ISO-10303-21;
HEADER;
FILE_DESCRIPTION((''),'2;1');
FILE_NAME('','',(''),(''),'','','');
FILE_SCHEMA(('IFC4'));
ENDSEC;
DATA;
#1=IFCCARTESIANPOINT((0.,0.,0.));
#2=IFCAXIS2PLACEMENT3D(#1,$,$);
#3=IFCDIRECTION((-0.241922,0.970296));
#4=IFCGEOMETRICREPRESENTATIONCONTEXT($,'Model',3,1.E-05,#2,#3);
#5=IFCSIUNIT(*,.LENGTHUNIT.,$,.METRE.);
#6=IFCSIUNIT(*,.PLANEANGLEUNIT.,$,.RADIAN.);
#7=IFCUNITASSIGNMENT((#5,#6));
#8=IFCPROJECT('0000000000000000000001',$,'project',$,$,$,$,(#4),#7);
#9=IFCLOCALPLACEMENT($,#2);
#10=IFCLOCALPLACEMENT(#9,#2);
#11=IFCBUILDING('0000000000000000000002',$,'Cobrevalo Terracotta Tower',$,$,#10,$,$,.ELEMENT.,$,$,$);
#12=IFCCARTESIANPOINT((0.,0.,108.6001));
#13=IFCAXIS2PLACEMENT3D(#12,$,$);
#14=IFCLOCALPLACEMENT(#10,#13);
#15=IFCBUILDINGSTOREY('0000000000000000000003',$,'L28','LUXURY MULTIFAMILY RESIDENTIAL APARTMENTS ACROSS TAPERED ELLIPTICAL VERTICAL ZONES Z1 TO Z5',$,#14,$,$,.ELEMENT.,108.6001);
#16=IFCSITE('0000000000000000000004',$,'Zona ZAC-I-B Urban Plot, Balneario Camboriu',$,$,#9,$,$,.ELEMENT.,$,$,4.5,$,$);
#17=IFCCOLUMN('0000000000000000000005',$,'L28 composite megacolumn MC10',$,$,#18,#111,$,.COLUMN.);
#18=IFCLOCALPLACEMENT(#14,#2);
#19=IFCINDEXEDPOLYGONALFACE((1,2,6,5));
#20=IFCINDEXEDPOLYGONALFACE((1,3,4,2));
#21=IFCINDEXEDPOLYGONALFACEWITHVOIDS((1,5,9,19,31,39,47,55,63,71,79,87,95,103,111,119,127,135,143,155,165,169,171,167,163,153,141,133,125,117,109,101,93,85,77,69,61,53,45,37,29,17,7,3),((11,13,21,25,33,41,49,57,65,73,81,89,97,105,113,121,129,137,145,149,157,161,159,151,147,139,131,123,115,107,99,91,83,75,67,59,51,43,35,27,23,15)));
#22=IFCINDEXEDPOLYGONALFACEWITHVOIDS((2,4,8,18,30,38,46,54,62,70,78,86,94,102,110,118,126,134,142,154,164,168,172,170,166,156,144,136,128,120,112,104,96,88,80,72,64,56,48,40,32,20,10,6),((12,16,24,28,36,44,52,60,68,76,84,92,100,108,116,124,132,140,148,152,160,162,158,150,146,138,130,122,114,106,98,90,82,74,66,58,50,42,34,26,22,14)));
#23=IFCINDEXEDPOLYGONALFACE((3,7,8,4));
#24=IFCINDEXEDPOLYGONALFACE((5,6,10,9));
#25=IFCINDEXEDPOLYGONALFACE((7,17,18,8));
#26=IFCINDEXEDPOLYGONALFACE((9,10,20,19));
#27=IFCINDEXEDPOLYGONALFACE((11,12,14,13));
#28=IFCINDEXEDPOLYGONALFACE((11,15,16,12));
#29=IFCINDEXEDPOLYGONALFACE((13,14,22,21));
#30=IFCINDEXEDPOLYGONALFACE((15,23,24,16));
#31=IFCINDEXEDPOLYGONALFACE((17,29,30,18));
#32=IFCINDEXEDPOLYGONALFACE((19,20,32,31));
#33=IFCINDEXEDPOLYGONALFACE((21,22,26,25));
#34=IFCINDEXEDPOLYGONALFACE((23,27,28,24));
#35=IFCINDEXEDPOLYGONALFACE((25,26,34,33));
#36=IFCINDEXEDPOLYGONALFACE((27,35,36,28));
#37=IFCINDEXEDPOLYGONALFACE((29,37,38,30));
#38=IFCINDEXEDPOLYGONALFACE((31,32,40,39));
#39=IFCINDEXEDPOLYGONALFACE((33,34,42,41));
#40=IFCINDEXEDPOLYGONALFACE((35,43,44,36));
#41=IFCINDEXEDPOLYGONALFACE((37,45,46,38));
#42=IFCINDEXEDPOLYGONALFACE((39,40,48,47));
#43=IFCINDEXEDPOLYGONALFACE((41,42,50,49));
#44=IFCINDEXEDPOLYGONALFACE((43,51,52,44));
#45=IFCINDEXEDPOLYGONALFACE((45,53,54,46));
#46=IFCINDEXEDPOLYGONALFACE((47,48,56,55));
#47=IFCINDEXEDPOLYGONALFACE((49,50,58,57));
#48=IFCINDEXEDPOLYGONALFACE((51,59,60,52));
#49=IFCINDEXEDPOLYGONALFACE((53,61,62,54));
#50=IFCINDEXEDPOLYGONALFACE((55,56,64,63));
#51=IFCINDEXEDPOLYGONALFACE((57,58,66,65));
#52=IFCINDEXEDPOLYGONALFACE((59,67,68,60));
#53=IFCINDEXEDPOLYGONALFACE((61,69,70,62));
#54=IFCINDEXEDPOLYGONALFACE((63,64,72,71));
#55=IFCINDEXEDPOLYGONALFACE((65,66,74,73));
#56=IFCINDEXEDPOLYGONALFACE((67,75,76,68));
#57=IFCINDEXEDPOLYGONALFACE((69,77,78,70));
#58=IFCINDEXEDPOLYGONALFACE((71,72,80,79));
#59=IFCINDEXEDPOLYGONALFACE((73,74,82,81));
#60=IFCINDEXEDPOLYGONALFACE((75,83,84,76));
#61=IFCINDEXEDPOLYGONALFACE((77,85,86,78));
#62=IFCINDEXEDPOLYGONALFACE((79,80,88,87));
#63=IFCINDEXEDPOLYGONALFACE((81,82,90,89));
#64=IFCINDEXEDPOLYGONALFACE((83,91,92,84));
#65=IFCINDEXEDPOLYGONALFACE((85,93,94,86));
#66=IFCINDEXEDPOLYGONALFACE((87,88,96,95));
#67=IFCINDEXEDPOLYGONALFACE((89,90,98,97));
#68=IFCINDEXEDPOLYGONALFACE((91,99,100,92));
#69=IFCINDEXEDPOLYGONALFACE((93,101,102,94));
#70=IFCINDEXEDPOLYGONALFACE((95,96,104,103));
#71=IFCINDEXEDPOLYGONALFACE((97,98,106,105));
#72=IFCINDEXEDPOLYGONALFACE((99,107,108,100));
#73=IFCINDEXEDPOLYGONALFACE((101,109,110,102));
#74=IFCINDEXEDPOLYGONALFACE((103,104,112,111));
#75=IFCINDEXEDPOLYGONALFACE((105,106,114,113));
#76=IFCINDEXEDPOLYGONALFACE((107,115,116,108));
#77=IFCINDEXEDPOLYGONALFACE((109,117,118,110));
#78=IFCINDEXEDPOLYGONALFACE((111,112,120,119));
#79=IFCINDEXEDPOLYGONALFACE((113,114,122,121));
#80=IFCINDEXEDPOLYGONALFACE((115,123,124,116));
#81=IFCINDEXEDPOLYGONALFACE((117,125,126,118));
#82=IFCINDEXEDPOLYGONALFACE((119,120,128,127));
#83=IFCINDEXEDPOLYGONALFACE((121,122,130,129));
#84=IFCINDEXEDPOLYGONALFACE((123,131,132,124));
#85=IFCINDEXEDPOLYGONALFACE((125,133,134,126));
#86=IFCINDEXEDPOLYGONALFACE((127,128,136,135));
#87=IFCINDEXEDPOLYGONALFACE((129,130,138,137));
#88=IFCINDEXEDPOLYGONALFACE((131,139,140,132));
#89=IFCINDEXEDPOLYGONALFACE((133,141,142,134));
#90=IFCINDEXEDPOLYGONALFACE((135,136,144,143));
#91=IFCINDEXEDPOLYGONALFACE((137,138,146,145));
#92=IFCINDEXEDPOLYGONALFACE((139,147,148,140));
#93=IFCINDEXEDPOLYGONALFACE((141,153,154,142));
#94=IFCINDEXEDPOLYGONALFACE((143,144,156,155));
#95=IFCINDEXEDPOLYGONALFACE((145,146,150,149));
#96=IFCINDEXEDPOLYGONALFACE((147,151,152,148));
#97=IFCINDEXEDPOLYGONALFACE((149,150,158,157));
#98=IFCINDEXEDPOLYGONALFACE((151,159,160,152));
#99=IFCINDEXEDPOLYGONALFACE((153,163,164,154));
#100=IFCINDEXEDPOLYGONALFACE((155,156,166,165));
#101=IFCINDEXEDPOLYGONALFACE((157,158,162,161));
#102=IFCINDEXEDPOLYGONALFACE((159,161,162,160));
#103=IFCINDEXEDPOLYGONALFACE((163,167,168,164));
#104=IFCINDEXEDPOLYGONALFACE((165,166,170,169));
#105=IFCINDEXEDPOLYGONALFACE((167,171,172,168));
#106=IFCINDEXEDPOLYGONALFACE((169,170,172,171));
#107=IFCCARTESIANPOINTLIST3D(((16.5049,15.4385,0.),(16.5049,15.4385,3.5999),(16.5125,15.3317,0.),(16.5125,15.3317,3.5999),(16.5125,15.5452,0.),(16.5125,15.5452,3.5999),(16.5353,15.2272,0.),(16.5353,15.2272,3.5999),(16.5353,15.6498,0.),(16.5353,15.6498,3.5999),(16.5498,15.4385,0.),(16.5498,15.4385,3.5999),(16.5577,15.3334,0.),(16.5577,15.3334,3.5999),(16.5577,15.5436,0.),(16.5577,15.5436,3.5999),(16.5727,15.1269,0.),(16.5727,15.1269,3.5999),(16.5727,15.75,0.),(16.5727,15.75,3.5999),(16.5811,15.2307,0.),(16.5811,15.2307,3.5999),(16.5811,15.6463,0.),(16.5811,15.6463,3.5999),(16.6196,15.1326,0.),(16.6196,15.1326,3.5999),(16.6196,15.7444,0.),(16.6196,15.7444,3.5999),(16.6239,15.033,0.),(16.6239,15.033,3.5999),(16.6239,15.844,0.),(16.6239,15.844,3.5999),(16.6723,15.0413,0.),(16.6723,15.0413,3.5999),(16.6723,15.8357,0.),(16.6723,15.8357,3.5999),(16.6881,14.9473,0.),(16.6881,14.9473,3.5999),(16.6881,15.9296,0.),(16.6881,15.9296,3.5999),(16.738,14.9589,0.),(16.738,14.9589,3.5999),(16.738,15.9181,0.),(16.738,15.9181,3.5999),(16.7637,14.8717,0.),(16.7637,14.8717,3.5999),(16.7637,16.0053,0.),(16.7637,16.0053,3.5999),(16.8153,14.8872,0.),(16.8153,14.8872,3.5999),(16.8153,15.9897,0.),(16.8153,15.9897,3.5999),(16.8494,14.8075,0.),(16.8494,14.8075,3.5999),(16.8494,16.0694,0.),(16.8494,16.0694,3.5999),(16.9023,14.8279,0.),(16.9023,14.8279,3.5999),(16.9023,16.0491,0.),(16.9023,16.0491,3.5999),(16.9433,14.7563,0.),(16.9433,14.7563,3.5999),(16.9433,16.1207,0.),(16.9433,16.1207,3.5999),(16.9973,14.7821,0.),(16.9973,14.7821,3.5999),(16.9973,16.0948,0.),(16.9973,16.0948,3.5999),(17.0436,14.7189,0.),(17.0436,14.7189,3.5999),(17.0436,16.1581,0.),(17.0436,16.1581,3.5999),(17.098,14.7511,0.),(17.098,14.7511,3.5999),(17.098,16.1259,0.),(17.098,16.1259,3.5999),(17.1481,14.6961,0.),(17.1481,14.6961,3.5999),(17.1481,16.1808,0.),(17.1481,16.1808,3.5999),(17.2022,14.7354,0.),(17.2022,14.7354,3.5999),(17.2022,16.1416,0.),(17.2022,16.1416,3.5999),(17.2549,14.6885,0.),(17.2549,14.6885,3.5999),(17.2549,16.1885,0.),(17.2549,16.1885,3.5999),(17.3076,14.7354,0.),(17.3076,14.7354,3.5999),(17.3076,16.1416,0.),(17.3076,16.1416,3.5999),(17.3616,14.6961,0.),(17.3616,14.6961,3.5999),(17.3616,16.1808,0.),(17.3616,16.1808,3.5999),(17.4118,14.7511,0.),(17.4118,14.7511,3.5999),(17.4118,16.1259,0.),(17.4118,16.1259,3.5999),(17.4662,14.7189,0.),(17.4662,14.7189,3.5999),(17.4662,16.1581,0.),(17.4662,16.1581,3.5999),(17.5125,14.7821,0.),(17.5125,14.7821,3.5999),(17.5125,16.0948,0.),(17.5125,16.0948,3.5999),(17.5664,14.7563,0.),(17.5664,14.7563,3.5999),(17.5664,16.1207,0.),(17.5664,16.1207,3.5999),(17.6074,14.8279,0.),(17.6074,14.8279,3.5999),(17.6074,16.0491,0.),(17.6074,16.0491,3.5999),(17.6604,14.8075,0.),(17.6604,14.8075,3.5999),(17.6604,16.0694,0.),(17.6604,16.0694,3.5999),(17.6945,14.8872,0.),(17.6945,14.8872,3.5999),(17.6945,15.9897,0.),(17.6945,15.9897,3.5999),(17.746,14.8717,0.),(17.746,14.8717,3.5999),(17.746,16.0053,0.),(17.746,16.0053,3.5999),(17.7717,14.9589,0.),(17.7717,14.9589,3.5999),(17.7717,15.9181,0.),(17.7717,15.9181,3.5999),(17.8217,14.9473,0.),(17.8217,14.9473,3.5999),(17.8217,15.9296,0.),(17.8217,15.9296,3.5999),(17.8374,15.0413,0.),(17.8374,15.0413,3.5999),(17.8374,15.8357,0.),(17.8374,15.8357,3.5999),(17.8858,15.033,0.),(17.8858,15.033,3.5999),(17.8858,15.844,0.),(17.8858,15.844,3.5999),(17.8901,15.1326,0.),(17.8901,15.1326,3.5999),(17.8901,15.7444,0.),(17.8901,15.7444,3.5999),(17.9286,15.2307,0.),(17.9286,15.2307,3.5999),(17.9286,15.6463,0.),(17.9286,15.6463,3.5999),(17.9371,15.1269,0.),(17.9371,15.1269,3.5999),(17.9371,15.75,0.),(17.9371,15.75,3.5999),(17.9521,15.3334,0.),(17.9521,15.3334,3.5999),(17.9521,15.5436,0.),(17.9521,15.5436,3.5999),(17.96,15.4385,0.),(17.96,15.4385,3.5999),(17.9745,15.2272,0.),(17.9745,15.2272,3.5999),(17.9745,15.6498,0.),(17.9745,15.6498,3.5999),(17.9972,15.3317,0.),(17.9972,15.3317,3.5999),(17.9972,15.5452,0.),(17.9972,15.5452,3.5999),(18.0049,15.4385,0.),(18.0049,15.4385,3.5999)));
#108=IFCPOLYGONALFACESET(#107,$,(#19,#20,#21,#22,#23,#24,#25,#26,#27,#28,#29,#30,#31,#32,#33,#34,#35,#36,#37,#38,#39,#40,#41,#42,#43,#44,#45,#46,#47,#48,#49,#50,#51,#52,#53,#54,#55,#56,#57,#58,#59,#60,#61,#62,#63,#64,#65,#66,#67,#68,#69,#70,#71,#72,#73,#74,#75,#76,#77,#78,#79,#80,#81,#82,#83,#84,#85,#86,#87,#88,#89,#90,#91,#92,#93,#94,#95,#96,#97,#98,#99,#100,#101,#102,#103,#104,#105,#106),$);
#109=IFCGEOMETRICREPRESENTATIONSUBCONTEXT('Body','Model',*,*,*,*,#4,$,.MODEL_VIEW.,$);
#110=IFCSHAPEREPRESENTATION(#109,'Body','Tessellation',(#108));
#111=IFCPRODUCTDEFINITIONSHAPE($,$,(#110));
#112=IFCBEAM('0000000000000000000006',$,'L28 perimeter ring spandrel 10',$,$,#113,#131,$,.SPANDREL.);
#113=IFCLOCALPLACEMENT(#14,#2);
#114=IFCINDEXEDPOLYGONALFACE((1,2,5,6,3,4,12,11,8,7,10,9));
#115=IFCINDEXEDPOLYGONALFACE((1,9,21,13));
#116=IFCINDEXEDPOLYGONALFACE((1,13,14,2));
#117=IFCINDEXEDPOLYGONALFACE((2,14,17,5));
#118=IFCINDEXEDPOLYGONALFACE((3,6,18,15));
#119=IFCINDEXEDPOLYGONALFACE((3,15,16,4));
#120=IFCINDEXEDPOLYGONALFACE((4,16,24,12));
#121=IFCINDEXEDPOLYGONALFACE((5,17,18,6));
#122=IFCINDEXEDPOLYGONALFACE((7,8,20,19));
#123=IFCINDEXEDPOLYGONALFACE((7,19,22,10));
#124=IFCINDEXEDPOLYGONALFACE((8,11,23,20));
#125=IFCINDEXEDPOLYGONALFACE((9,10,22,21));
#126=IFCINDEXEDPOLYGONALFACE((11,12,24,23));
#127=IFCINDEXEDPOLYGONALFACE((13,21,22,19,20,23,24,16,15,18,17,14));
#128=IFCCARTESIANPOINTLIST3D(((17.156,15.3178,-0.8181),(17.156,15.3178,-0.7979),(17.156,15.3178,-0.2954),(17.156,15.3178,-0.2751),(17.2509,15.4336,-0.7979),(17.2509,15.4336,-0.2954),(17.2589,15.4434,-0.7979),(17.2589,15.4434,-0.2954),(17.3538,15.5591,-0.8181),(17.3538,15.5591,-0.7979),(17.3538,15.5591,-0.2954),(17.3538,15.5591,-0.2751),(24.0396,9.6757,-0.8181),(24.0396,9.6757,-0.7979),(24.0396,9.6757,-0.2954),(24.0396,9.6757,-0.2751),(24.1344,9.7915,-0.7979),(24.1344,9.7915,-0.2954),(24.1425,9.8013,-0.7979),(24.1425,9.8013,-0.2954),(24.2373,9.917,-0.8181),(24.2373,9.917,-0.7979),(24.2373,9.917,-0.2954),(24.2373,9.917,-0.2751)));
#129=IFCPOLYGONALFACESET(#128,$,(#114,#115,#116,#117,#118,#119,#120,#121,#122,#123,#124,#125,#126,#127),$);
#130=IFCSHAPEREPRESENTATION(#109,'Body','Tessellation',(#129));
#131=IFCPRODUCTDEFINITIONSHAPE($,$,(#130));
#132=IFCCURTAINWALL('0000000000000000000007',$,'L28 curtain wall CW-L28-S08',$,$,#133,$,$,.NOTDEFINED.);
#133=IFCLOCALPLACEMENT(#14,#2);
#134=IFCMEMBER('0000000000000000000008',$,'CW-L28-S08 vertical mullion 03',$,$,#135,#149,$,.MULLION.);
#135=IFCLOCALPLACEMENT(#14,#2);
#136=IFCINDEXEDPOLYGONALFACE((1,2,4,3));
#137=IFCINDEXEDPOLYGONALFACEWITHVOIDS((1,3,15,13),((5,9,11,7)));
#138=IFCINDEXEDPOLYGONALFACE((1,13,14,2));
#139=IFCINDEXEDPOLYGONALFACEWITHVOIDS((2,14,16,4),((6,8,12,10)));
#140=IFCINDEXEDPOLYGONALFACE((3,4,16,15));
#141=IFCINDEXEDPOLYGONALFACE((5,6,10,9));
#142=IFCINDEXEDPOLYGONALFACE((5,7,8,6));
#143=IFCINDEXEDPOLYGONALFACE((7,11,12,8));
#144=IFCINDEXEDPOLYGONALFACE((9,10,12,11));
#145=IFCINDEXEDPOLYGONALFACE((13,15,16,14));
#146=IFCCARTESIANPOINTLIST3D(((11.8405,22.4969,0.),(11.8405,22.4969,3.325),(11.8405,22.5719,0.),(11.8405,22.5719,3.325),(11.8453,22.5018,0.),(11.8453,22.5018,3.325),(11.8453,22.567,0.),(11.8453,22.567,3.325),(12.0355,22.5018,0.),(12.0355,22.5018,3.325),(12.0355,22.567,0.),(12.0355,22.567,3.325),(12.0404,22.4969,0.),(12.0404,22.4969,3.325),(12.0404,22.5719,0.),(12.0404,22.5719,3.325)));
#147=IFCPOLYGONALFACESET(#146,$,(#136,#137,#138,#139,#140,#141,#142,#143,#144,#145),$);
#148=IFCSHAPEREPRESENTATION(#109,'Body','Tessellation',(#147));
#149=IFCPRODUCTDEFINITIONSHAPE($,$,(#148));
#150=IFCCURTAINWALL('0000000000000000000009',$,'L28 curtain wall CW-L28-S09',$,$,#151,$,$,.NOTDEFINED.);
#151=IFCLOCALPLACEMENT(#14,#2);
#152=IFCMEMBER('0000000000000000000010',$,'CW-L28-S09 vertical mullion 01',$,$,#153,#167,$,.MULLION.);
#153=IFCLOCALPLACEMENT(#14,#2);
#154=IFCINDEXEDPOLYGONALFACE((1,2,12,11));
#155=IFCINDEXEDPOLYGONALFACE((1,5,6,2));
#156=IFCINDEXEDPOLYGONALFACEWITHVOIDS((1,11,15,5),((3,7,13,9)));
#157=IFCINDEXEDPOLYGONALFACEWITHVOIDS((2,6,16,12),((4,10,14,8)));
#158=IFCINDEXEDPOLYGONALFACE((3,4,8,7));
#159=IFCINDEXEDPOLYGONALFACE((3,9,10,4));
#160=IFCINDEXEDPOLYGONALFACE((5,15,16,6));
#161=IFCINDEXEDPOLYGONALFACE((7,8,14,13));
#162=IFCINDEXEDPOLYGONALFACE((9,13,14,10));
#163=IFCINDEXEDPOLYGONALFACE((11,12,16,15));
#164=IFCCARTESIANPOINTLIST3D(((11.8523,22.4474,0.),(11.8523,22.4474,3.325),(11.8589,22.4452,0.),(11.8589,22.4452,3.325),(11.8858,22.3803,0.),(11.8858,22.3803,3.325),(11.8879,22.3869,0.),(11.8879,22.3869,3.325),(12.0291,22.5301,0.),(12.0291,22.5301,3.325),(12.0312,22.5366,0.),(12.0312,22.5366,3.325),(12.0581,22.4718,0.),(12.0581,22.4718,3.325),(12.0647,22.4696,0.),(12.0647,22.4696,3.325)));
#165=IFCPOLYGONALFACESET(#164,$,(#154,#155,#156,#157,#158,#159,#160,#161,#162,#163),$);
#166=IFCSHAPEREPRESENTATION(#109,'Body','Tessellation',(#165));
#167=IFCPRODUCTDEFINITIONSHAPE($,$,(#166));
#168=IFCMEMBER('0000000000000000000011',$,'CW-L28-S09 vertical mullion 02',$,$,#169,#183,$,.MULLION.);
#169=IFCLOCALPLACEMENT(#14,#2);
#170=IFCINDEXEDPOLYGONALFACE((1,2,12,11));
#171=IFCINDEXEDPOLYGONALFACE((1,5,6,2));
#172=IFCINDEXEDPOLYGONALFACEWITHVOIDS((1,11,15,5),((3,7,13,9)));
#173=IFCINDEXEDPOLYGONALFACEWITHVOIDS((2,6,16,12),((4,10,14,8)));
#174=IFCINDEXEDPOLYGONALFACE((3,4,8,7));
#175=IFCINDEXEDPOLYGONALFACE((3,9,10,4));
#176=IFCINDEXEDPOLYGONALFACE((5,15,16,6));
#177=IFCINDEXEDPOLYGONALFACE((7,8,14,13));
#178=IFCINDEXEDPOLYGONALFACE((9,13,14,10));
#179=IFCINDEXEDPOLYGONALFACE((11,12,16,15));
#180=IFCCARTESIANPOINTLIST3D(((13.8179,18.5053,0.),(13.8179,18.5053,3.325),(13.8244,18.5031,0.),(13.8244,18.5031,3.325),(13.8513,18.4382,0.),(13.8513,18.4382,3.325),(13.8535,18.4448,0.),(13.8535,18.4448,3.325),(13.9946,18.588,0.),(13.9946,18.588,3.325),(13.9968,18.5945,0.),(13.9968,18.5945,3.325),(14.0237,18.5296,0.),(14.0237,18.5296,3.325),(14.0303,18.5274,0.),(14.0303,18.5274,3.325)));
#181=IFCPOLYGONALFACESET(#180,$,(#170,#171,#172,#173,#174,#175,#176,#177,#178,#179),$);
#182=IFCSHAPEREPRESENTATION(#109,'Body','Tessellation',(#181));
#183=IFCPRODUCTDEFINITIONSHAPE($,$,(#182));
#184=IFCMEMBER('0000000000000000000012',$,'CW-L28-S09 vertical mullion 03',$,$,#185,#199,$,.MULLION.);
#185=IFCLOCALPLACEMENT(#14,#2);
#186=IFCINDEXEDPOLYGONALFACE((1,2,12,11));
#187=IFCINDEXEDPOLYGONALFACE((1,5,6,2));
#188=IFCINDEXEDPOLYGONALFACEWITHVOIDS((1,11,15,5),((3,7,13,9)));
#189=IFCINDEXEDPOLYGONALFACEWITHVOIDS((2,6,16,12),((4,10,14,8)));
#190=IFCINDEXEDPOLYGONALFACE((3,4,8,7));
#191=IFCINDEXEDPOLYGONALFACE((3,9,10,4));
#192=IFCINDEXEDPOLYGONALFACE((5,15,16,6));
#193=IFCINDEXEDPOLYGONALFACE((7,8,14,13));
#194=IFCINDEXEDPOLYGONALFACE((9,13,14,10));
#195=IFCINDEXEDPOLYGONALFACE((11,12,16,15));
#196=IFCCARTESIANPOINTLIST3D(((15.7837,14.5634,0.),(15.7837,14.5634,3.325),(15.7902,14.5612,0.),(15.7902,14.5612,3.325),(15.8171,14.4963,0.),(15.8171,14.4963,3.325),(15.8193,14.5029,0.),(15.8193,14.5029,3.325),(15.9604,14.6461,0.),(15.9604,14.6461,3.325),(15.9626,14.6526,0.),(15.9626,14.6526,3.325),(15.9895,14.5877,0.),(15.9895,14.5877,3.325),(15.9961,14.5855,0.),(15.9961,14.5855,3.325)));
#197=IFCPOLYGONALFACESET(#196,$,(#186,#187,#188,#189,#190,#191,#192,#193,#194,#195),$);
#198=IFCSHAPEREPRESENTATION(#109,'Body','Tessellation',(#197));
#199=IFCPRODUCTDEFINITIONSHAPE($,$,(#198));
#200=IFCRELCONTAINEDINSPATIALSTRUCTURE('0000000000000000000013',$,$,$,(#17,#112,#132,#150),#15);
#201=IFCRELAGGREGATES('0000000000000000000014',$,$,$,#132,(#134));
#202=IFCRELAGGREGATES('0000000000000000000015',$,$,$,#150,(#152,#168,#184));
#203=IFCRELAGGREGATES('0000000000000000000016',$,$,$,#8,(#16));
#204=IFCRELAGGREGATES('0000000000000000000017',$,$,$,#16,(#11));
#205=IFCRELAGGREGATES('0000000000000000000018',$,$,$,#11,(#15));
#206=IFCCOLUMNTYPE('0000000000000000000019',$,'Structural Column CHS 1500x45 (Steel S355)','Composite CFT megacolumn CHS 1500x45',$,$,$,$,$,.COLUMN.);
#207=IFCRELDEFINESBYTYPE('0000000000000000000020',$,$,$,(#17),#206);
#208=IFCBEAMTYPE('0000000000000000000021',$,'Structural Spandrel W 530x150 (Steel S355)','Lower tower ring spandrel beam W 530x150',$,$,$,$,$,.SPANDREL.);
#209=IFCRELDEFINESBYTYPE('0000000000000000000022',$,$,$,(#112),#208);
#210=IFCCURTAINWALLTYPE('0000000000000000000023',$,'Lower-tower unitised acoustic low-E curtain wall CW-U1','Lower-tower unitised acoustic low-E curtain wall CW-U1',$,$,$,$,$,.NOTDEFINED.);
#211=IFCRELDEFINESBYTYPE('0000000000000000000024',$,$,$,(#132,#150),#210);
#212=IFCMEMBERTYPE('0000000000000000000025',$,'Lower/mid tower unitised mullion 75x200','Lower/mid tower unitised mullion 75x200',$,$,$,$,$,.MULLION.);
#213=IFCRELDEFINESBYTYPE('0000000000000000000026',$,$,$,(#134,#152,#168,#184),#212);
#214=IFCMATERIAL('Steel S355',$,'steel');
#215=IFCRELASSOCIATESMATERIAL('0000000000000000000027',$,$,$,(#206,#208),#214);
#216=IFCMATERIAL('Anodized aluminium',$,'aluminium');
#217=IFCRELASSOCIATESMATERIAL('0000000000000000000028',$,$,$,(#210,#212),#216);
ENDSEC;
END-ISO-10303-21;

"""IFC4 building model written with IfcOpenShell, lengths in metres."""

from ifc_helpers import new_model, si_unit, direction, frame, origin, origin_2d, place, context, subcontext, project, spatial, hollow_rectangle, hollow_circle, i_section, extrude, source, transform, mapped, material, material_profile, profile_set, type_object, element, aggregate, save


model = new_model("IFC4")

# Units and contexts
model_context = context("Model", 3, precision=1e-05, world=origin(), true_north=direction((-0.241922, 0.970296)))
body_context = subcontext(model_context, "Body", "Model", "MODEL_VIEW")
ifc_project = project(units=[si_unit("LENGTHUNIT", "METRE"), si_unit("PLANEANGLEUNIT", "RADIAN")], contexts=[model_context])

# Site, building, storey
site_placement = place(None, origin())
site = spatial("IfcSite", under=ifc_project, at=site_placement, Name="Zona ZAC-I-B Urban Plot, Balneario Camboriu", CompositionType="ELEMENT", RefElevation=4.5)
building_placement = place(site_placement, origin())
building = spatial("IfcBuilding", under=site, at=building_placement, Name="Cobrevalo Terracotta Tower", CompositionType="ELEMENT")
storey_placement = place(building_placement, frame((0.0, 0.0, 108.6001)))
storey = spatial("IfcBuildingStorey", under=building, at=storey_placement, Name="L28", Description="LUXURY MULTIFAMILY RESIDENTIAL APARTMENTS ACROSS TAPERED ELLIPTICAL VERTICAL ZONES Z1 TO Z5", CompositionType="ELEMENT", Elevation=108.6001)

# Column
ifc_material_1 = material(Name="Steel S355", Category="steel")
ifc_material_profile_1 = material_profile(ifc_material_1, hollow_circle(Radius=0.75, WallThickness=0.0449, at=origin_2d()), Name="CHS 1500x45")
ifc_profile_set_1 = profile_set([ifc_material_profile_1], Name="Steel S355")
column_type = type_object("IfcColumnType", Name="Structural Column CHS 1500x45 (Steel S355)", Description="Composite CFT megacolumn CHS 1500x45", PredefinedType="COLUMN", material=ifc_profile_set_1)
column_placement = place(storey_placement, frame((17.2549, 15.4385, 0.0), z_axis=(0.0, 0.0, 1.0), x_axis=(1.0, 0.0, 0.0)))
element("IfcColumn", 1, at=column_placement, inside=storey, type_object=column_type, Name="L28 composite megacolumn MC10", PredefinedType="COLUMN", context=body_context, shape_type="SweptSolid", body=[
    extrude(hollow_circle(Radius=0.75, WallThickness=0.0449, at=origin_2d()), origin(), (0.0, 0.0, 1.0), 3.5999),
])

# Beam
ifc_material_profile_2 = material_profile(ifc_material_1, i_section(OverallWidth=0.312, OverallDepth=0.543, WebThickness=0.0127, FlangeThickness=0.0203, at=origin_2d()), Name="W 530x150")
ifc_profile_set_2 = profile_set([ifc_material_profile_2], Name="Steel S355")
beam_type = type_object("IfcBeamType", Name="Structural Spandrel W 530x150 (Steel S355)", Description="Lower tower ring spandrel beam W 530x150", PredefinedType="SPANDREL", material=ifc_profile_set_2)
beam_placement = place(storey_placement, frame((17.2549, 15.4385, -0.5466), z_axis=(0.773401, -0.633917, 0.0), x_axis=(0.633917, 0.773401, 0.0)))
element("IfcBeam", 2, at=beam_placement, inside=storey, type_object=beam_type, Name="L28 perimeter ring spandrel 10", PredefinedType="SPANDREL", context=body_context, shape_type="SweptSolid", body=[
    extrude(i_section(OverallWidth=0.312, OverallDepth=0.543, WebThickness=0.0127, FlangeThickness=0.0203, at=origin_2d()), origin(), (0.0, 0.0, 1.0), 8.9004),
])

# Curtain wall, member
ifc_material_2 = material(Name="Anodized aluminium", Category="aluminium")
curtain_wall_type = type_object("IfcCurtainWallType", Name="Lower-tower unitised acoustic low-E curtain wall CW-U1", Description="Lower-tower unitised acoustic low-E curtain wall CW-U1", PredefinedType="NOTDEFINED", material=ifc_material_2)
curtain_wall_1_placement = place(storey_placement, origin())
curtain_wall_1 = element("IfcCurtainWall", 3, at=curtain_wall_1_placement, inside=storey, type_object=curtain_wall_type, Name="L28 curtain wall CW-L28-S08", PredefinedType="NOTDEFINED")
ifc_material_profile_3 = material_profile(ifc_material_2, hollow_rectangle(XDim=0.075, YDim=0.2, WallThickness=0.0049, at=origin_2d()), Name="CWM 75x200")
ifc_profile_set_3 = profile_set([ifc_material_profile_3], Name="Anodized aluminium")
member_type_1 = type_object("IfcMemberType", Name="Lower/mid tower unitised mullion 75x200", Description="Lower/mid tower unitised mullion 75x200", PredefinedType="MULLION", material=ifc_profile_set_3)
shared_shape_1 = source(origin(), body_context, "Body", "SweptSolid", [
    extrude(hollow_rectangle(XDim=0.075, YDim=0.2, WallThickness=0.0049, at=origin_2d()), origin(), (0.0, 0.0, 1.0), 3.325),
])
member_1_placement = place(storey_placement, frame((11.9404, 22.5344, 0.0), z_axis=(0.0, 0.0, 1.0), x_axis=(0.0, -1.0, 0.0)))
member_1 = element("IfcMember", 4, at=member_1_placement, type_object=member_type_1, Name="CW-L28-S08 vertical mullion 03", PredefinedType="MULLION", context=body_context, shape_type="MappedRepresentation", body=[
    mapped(shared_shape_1, transform((0.0, 0.0, 0.0), scale=1.0)),
])
aggregate(curtain_wall_1, [member_1])

# Curtain wall, members
curtain_wall_2_placement = place(storey_placement, origin())
curtain_wall_2 = element("IfcCurtainWall", 5, at=curtain_wall_2_placement, inside=storey, type_object=curtain_wall_type, Name="L28 curtain wall CW-L28-S09", PredefinedType="NOTDEFINED")
member_2_placement = place(storey_placement, frame((11.9585, 22.4585, 0.0), z_axis=(0.0, 0.0, 1.0), x_axis=(0.44626, -0.894903, 0.0)))
member_2 = element("IfcMember", 6, at=member_2_placement, type_object=member_type_1, Name="CW-L28-S09 vertical mullion 01", PredefinedType="MULLION", context=body_context, shape_type="MappedRepresentation", body=[
    mapped(shared_shape_1, transform((0.0, 0.0, 0.0), scale=1.0)),
])
member_3_placement = place(storey_placement, frame((13.9241, 18.5164, 0.0), z_axis=(0.0, 0.0, 1.0), x_axis=(0.44626, -0.894903, 0.0)))
member_3 = element("IfcMember", 7, at=member_3_placement, type_object=member_type_1, Name="CW-L28-S09 vertical mullion 02", PredefinedType="MULLION", context=body_context, shape_type="MappedRepresentation", body=[
    mapped(shared_shape_1, transform((0.0, 0.0, 0.0), scale=1.0)),
])
member_4_placement = place(storey_placement, frame((15.8899, 14.5745, 0.0), z_axis=(0.0, 0.0, 1.0), x_axis=(0.44626, -0.894903, 0.0)))
member_4 = element("IfcMember", 8, at=member_4_placement, type_object=member_type_1, Name="CW-L28-S09 vertical mullion 03", PredefinedType="MULLION", context=body_context, shape_type="MappedRepresentation", body=[
    mapped(shared_shape_1, transform((0.0, 0.0, 0.0), scale=1.0)),
])

aggregate(curtain_wall_2, [member_2, member_3, member_4])

save(model, "model.ifc")
